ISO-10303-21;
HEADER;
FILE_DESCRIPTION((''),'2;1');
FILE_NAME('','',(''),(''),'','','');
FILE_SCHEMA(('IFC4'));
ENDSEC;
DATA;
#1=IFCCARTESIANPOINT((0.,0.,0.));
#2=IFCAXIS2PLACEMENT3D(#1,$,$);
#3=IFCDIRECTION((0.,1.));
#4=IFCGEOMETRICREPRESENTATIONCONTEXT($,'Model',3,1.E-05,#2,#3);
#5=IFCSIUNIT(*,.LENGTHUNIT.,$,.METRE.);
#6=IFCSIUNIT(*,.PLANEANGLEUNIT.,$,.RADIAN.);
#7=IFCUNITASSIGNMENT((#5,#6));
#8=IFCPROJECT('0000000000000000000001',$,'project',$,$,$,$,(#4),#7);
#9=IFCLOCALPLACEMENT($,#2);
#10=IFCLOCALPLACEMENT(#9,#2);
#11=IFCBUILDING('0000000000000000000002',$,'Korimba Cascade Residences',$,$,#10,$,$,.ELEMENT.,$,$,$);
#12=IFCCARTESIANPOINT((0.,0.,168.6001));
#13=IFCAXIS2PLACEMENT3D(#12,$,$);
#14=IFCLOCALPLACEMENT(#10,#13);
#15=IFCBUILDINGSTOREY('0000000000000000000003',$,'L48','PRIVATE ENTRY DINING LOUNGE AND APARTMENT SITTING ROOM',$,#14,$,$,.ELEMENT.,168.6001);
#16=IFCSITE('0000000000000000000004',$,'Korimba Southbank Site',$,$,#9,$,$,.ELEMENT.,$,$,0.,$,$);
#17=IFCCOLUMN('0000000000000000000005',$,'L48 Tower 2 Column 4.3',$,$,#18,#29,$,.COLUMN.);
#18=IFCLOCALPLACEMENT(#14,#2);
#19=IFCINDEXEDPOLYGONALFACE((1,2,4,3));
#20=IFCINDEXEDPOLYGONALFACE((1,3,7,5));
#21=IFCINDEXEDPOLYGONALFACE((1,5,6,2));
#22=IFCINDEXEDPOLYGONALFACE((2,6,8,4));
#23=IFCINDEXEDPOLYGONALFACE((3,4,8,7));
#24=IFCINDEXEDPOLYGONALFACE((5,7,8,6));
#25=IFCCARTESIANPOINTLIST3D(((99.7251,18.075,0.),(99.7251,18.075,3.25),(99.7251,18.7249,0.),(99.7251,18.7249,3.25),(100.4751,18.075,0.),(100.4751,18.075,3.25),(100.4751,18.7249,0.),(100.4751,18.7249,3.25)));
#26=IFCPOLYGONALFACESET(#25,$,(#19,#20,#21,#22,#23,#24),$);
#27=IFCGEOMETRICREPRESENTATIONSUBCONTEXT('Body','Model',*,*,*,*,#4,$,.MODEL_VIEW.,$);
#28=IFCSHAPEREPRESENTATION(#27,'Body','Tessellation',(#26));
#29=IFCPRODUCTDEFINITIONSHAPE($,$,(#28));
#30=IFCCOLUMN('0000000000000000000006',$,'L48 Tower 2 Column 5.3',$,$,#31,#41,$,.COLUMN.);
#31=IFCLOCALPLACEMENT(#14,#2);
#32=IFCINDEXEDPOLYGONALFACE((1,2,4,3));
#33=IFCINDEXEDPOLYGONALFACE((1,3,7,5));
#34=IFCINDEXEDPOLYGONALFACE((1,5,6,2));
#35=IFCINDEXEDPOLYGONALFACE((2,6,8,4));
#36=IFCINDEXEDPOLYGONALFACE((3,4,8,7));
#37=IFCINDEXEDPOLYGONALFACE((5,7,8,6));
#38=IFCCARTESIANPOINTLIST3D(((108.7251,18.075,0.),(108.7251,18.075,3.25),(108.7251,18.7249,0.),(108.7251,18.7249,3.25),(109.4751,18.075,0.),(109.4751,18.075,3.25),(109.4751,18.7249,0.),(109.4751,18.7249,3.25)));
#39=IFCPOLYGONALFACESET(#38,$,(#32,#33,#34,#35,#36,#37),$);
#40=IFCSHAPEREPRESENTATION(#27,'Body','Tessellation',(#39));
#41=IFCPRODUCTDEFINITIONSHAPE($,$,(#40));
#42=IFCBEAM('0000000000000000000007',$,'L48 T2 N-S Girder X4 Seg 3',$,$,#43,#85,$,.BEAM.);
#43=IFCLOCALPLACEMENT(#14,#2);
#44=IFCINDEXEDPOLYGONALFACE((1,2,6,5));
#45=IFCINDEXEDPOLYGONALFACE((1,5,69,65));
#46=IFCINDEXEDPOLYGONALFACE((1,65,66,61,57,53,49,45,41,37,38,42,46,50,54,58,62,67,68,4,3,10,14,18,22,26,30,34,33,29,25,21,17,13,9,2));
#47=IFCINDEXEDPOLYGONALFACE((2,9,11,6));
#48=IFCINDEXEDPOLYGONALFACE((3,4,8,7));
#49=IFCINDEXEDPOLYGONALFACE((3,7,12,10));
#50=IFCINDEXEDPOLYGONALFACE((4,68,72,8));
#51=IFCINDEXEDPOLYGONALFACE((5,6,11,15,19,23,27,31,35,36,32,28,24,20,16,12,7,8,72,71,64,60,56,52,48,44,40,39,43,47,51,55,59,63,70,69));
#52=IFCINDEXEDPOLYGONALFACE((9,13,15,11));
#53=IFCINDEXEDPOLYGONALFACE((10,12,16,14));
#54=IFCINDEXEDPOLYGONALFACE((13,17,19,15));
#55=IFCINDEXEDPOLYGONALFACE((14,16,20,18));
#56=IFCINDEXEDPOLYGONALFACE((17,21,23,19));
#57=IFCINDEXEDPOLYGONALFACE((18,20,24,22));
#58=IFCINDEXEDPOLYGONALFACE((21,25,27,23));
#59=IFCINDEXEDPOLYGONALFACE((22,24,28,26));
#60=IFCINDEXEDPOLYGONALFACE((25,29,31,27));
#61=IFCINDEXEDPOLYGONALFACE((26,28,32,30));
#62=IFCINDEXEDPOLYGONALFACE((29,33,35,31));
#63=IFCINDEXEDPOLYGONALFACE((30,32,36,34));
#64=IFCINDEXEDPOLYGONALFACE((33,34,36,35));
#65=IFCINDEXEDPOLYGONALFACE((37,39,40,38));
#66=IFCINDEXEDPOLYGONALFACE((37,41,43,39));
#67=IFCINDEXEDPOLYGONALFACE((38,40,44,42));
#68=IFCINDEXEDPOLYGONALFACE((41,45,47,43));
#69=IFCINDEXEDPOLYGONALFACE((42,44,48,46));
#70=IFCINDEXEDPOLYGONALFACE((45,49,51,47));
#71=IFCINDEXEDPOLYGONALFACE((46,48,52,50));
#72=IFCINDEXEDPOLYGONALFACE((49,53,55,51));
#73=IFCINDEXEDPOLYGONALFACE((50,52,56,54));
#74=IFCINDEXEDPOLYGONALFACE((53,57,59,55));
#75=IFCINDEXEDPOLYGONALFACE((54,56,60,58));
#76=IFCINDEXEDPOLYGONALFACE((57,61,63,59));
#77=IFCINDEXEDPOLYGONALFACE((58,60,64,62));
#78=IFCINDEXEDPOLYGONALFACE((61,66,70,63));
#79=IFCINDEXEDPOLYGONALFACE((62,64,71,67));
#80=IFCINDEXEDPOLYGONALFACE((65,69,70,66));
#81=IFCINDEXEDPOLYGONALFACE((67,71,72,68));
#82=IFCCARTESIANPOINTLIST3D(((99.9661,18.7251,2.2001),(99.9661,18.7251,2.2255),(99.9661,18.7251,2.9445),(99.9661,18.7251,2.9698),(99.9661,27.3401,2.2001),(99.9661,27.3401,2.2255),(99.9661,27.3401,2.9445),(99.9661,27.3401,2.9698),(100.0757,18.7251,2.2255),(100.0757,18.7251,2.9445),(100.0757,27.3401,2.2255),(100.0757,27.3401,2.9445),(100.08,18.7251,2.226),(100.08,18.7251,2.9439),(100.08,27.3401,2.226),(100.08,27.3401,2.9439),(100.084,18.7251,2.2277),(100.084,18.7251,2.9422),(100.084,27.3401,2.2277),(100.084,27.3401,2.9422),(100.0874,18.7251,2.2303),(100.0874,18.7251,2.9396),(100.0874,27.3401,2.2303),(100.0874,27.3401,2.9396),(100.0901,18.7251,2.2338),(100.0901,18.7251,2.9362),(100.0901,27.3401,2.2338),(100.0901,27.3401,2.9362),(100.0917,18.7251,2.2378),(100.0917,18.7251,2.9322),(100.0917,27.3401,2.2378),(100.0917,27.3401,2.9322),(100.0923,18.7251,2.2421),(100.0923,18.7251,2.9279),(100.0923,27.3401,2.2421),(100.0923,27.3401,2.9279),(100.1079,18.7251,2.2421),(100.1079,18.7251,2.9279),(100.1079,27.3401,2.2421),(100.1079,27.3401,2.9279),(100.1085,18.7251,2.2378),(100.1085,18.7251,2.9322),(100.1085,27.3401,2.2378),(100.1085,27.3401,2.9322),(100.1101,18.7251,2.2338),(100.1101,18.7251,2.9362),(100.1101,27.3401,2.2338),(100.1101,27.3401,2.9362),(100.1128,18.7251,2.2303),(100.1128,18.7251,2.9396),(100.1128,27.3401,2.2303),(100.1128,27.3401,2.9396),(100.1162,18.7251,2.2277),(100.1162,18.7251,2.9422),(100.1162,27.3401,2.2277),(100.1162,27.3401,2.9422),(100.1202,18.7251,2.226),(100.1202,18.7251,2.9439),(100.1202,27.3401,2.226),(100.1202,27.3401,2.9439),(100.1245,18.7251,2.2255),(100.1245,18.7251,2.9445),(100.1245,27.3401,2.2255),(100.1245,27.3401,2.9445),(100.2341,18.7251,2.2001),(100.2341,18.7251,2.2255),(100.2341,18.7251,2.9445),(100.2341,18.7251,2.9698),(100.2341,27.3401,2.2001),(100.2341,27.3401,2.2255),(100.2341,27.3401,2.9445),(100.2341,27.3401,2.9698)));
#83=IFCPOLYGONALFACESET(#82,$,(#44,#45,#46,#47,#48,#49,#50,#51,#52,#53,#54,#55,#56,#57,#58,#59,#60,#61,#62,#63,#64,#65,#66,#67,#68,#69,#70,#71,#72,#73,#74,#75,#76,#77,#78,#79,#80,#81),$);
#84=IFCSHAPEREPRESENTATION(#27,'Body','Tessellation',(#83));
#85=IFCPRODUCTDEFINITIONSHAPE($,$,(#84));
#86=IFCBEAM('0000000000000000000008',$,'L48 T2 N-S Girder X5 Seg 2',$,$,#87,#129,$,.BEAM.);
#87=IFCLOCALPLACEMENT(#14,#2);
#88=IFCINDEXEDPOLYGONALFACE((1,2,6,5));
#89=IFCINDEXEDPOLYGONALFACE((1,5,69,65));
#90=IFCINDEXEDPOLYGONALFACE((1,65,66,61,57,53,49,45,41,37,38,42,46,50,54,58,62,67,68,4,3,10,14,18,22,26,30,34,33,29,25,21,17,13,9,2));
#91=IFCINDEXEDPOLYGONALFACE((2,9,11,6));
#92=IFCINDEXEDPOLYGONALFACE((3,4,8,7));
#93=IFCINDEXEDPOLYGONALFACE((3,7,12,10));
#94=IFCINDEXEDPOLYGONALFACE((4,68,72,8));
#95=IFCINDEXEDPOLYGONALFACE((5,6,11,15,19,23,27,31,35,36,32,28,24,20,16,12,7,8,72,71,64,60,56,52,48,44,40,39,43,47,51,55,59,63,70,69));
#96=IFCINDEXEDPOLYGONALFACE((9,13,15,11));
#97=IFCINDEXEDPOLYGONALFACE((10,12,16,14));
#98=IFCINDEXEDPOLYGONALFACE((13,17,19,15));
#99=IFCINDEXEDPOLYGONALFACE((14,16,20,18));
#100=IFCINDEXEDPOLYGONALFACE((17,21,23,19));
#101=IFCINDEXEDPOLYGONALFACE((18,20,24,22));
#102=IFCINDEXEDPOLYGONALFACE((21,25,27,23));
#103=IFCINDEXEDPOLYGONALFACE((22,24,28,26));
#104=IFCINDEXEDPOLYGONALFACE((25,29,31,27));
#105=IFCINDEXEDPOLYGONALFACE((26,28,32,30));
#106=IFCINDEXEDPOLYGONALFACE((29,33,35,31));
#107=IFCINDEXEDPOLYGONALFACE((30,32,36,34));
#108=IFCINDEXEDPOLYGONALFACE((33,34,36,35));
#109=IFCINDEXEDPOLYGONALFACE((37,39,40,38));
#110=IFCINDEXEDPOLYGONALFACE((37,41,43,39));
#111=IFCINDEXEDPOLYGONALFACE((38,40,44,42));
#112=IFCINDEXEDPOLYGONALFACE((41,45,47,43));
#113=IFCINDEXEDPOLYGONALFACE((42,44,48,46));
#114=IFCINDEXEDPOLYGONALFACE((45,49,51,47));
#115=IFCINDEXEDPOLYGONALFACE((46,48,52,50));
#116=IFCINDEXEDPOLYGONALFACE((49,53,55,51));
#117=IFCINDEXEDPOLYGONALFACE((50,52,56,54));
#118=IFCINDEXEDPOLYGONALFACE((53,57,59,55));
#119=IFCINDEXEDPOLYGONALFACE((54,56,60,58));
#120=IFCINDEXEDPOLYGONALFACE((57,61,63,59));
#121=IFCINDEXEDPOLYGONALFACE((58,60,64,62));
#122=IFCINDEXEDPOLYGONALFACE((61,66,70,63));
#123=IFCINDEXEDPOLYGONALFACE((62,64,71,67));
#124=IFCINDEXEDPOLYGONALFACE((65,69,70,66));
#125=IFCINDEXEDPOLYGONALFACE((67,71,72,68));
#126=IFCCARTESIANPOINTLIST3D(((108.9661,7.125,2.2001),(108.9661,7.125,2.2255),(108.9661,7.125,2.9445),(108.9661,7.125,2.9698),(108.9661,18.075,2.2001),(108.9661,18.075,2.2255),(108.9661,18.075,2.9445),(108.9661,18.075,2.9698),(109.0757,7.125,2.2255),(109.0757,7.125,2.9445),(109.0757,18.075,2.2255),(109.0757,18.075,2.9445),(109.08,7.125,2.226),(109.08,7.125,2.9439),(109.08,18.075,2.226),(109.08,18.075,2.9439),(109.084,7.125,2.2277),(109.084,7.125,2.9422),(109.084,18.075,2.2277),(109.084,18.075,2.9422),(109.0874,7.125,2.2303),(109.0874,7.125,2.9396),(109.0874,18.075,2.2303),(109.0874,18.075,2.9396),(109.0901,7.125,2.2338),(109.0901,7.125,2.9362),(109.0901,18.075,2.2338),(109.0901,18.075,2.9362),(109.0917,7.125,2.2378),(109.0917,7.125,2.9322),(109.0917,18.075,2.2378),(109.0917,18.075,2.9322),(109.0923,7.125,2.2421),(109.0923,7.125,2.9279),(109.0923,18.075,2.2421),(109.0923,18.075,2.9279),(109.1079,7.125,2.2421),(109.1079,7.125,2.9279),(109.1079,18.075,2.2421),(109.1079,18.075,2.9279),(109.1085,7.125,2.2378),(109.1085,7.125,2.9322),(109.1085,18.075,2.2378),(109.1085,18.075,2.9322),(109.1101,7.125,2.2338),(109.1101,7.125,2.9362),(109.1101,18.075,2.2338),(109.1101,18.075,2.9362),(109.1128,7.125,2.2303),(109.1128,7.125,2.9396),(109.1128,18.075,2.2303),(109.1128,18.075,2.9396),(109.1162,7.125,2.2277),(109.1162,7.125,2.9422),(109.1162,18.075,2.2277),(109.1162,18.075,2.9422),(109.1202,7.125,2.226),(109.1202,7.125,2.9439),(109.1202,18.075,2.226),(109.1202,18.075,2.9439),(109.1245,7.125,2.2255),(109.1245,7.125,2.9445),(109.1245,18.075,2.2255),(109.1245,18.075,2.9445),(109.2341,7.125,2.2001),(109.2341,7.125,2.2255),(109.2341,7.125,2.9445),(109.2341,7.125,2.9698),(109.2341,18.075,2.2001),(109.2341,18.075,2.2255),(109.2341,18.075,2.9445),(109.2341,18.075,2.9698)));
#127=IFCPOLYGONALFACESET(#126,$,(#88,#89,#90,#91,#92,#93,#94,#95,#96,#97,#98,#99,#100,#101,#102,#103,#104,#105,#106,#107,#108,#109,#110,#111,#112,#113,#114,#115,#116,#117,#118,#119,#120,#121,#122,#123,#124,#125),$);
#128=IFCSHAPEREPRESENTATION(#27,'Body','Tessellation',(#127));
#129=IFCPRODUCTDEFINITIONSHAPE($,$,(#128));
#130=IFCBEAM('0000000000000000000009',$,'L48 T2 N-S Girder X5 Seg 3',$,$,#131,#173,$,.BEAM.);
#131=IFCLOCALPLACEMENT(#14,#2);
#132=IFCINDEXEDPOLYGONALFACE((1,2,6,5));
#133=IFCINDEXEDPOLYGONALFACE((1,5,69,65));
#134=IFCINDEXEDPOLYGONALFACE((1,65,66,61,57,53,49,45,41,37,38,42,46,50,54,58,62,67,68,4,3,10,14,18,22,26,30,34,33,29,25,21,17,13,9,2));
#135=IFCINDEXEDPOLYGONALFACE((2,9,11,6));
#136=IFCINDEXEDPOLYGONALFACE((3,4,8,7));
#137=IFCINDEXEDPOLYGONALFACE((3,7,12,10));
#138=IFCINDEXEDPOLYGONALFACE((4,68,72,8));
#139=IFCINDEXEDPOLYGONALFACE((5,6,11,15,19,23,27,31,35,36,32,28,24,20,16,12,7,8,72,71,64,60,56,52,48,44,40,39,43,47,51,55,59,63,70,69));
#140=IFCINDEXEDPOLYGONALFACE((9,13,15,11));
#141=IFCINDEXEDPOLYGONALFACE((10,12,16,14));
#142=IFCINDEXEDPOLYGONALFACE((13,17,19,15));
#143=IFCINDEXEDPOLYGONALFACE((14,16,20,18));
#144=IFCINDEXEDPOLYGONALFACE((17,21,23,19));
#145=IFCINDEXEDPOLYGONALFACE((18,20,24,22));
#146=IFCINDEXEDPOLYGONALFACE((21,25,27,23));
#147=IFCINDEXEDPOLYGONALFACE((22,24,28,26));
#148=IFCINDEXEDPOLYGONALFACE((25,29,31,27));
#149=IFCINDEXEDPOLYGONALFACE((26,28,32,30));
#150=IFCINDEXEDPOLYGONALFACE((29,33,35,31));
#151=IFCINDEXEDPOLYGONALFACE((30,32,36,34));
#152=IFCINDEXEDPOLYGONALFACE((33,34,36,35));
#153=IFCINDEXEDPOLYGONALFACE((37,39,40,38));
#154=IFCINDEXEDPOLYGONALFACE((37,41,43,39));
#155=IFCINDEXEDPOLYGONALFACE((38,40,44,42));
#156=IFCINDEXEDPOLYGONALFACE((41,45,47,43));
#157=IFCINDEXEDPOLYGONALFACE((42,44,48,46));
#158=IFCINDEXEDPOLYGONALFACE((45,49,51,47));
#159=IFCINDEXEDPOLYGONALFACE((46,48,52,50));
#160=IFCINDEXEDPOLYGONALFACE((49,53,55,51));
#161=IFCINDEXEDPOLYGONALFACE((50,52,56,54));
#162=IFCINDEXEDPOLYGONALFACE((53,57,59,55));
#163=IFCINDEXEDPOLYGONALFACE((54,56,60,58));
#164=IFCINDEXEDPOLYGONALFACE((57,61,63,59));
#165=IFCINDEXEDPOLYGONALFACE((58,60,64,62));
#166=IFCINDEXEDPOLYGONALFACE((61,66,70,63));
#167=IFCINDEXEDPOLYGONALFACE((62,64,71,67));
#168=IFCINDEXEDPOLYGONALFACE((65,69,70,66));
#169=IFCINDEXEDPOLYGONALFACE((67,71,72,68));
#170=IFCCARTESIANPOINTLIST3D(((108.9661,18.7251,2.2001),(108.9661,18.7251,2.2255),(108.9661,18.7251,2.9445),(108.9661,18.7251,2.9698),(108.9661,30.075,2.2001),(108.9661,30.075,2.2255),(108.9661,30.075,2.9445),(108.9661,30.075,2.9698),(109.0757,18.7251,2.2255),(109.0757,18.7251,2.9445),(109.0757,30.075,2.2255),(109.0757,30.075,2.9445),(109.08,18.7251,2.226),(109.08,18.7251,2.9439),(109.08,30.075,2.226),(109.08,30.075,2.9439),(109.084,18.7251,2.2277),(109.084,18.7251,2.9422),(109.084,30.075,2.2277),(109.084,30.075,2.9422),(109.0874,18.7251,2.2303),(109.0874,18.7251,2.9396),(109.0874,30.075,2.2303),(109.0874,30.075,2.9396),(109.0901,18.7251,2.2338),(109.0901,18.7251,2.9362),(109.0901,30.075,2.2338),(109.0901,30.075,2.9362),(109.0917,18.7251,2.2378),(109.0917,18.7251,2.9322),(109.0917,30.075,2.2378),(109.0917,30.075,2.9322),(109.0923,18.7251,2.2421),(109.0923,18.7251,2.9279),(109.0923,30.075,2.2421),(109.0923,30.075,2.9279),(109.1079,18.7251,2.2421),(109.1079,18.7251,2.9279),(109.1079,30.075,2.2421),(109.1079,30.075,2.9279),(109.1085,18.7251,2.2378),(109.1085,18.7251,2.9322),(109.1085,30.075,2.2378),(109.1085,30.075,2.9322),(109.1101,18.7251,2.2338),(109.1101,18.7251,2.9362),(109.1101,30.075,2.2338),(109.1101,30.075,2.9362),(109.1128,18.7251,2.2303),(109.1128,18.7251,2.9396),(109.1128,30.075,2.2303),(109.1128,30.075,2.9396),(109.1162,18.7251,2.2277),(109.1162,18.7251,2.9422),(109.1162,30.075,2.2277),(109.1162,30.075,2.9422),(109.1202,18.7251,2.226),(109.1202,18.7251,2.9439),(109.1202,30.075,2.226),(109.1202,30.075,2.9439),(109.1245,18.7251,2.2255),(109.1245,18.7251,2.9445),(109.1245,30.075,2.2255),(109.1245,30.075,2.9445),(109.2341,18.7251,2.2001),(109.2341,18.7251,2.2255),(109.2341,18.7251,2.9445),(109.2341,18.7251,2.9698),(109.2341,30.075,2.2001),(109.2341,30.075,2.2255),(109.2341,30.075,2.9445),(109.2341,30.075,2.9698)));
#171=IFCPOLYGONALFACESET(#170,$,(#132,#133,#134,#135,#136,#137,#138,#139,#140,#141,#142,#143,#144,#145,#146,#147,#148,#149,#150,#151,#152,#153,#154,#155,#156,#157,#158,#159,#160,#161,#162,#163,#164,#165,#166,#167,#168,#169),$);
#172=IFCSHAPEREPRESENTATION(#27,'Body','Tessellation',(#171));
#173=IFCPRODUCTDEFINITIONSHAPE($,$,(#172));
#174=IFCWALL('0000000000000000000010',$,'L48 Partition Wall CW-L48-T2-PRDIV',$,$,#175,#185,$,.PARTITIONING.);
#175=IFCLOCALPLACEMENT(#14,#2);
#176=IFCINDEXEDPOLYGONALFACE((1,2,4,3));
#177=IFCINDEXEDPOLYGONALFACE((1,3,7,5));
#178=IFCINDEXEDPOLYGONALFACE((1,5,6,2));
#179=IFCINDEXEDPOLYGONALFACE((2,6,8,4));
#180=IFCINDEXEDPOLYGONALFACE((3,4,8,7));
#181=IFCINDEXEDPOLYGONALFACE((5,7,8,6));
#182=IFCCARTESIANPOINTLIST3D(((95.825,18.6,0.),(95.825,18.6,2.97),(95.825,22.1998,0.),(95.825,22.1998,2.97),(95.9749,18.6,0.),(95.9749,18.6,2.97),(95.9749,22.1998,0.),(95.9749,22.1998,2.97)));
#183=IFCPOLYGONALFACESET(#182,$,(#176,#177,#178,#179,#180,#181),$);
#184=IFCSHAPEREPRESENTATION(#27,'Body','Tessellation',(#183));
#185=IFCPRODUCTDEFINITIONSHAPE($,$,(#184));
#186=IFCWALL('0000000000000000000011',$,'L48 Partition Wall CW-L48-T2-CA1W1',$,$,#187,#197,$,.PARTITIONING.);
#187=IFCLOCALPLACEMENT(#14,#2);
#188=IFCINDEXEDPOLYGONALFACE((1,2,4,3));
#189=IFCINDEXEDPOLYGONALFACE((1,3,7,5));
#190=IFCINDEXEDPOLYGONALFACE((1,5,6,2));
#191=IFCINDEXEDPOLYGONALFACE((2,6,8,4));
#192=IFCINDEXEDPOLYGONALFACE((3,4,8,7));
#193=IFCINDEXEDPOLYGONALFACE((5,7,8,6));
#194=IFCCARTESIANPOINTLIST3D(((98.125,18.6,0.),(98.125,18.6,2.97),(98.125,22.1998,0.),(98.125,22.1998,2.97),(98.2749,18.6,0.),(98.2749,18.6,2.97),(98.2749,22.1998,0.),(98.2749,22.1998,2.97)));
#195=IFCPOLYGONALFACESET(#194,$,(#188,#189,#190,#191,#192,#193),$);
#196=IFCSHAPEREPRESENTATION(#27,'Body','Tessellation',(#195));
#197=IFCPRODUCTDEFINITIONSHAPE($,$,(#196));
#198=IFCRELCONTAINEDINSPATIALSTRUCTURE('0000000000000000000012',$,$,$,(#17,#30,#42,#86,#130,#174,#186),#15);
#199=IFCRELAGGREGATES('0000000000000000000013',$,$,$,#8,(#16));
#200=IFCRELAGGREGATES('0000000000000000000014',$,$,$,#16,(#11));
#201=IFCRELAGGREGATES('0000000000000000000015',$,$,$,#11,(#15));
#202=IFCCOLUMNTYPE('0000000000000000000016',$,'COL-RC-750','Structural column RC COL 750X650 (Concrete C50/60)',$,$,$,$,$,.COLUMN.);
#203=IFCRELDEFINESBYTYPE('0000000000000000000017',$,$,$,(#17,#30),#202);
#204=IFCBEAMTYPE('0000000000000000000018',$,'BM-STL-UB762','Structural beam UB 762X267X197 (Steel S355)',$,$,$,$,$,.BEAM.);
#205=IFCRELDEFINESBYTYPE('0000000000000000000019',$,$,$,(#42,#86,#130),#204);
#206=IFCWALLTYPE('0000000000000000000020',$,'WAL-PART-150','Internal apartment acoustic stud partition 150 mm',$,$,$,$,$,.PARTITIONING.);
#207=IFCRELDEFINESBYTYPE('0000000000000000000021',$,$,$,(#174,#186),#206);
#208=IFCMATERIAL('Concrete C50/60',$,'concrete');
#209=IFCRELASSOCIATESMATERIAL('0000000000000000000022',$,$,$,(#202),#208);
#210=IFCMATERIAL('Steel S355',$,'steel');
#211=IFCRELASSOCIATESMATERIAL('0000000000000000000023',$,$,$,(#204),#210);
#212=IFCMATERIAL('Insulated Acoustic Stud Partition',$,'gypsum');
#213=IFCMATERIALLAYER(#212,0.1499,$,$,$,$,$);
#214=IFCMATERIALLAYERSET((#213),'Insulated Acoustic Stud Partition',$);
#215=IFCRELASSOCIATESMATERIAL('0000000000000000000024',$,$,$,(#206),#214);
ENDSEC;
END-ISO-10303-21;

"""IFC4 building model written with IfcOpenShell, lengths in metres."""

from ifc_helpers import new_model, si_unit, direction, frame, frame_2d, origin, origin_2d, place, context, subcontext, project, spatial, rectangle, i_section, extrude, material, layer, layer_set, material_profile, profile_set, type_object, element, save


model = new_model("IFC4")

# Units and contexts
model_context = context("Model", 3, precision=1e-05, world=origin(), true_north=direction((0.0, 1.0)))
body_context = subcontext(model_context, "Body", "Model", "MODEL_VIEW")
ifc_project = project(units=[si_unit("LENGTHUNIT", "METRE"), si_unit("PLANEANGLEUNIT", "RADIAN")], contexts=[model_context])

# Site, building, storey
site_placement = place(None, origin())
site = spatial("IfcSite", under=ifc_project, at=site_placement, Name="Korimba Southbank Site", CompositionType="ELEMENT", RefElevation=0.0)
building_placement = place(site_placement, origin())
building = spatial("IfcBuilding", under=site, at=building_placement, Name="Korimba Cascade Residences", CompositionType="ELEMENT")
storey_placement = place(building_placement, frame((0.0, 0.0, 168.6001)))
storey = spatial("IfcBuildingStorey", under=building, at=storey_placement, Name="L48", Description="PRIVATE ENTRY DINING LOUNGE AND APARTMENT SITTING ROOM", CompositionType="ELEMENT", Elevation=168.6001)

# Columns
ifc_material_1 = material(Name="Concrete C50/60", Category="concrete")
ifc_material_profile_1 = material_profile(ifc_material_1, rectangle(XDim=0.75, YDim=0.6499, at=origin_2d()), Name="Concrete C50/60")
ifc_profile_set_1 = profile_set([ifc_material_profile_1], Name="Concrete C50/60")
column_type = type_object("IfcColumnType", Name="COL-RC-750", Description="Structural column RC COL 750X650 (Concrete C50/60)", PredefinedType="COLUMN", material=ifc_profile_set_1)
for number, where, z_axis, x_axis, name in (
    (1, (100.1001, 18.3999, 0.0), (0.0, 0.0, 1.0), (1.0, 0.0, 0.0), "L48 Tower 2 Column 4.3"),
    (2, (109.1001, 18.3999, 0.0), (0.0, 0.0, 1.0), (1.0, 0.0, 0.0), "L48 Tower 2 Column 5.3"),
):
    element("IfcColumn", number, at=place(storey_placement, frame(where, z_axis=z_axis, x_axis=x_axis)), inside=storey, type_object=column_type, Name=name, PredefinedType="COLUMN", context=body_context, shape_type="SweptSolid", body=[
        extrude(rectangle(XDim=0.75, YDim=0.6499, at=origin_2d()), origin(), (0.0, 0.0, 1.0), 3.25),
    ])

# Beams
ifc_material_2 = material(Name="Steel S355", Category="steel")
ifc_material_profile_2 = material_profile(ifc_material_2, i_section(OverallWidth=0.2681, OverallDepth=0.7698, WebThickness=0.0156, FlangeThickness=0.0254, FilletRadius=0.0166, at=origin_2d()), Name="Steel S355")
ifc_profile_set_2 = profile_set([ifc_material_profile_2], Name="Steel S355")
beam_type = type_object("IfcBeamType", Name="BM-STL-UB762", Description="Structural beam UB 762X267X197 (Steel S355)", PredefinedType="BEAM", material=ifc_profile_set_2)
beam_1_placement = place(storey_placement, frame((100.1001, 18.7251, 2.585), z_axis=(0.0, 1.0, 0.0), x_axis=(-1.0, 0.0, 0.0)))
element("IfcBeam", 3, at=beam_1_placement, inside=storey, type_object=beam_type, Name="L48 T2 N-S Girder X4 Seg 3", PredefinedType="BEAM", context=body_context, shape_type="SweptSolid", body=[
    extrude(i_section(OverallWidth=0.2681, OverallDepth=0.7698, WebThickness=0.0156, FlangeThickness=0.0254, FilletRadius=0.0166, at=origin_2d()), origin(), (0.0, 0.0, 1.0), 8.615),
])
beam_2_placement = place(storey_placement, frame((109.1001, 7.125, 2.585), z_axis=(0.0, 1.0, 0.0), x_axis=(-1.0, 0.0, 0.0)))
element("IfcBeam", 4, at=beam_2_placement, inside=storey, type_object=beam_type, Name="L48 T2 N-S Girder X5 Seg 2", PredefinedType="BEAM", context=body_context, shape_type="SweptSolid", body=[
    extrude(i_section(OverallWidth=0.2681, OverallDepth=0.7698, WebThickness=0.0156, FlangeThickness=0.0254, FilletRadius=0.0166, at=origin_2d()), origin(), (0.0, 0.0, 1.0), 10.95),
])
beam_3_placement = place(storey_placement, frame((109.1001, 18.7251, 2.585), z_axis=(0.0, 1.0, 0.0), x_axis=(-1.0, 0.0, 0.0)))
element("IfcBeam", 5, at=beam_3_placement, inside=storey, type_object=beam_type, Name="L48 T2 N-S Girder X5 Seg 3", PredefinedType="BEAM", context=body_context, shape_type="SweptSolid", body=[
    extrude(i_section(OverallWidth=0.2681, OverallDepth=0.7698, WebThickness=0.0156, FlangeThickness=0.0254, FilletRadius=0.0166, at=origin_2d()), origin(), (0.0, 0.0, 1.0), 11.3499),
])

# Walls
ifc_material_3 = material(Name="Insulated Acoustic Stud Partition", Category="gypsum")
ifc_layer_1 = layer(ifc_material_3, 0.1499)
ifc_layer_set_1 = layer_set([ifc_layer_1], Name="Insulated Acoustic Stud Partition")
wall_type_1 = type_object("IfcWallType", Name="WAL-PART-150", Description="Internal apartment acoustic stud partition 150 mm", PredefinedType="PARTITIONING", material=ifc_layer_set_1)
for number, where, z_axis, x_axis, name in (
    (6, (95.8999, 18.6001, 0.0), (0.0, 0.0, 1.0), (0.0, 1.0, 0.0), "L48 Partition Wall CW-L48-T2-PRDIV"),
    (7, (98.2, 18.6001, 0.0), (0.0, 0.0, 1.0), (0.0, 1.0, 0.0), "L48 Partition Wall CW-L48-T2-CA1W1"),
):
    element("IfcWall", number, at=place(storey_placement, frame(where, z_axis=z_axis, x_axis=x_axis)), inside=storey, type_object=wall_type_1, Name=name, PredefinedType="PARTITIONING", context=body_context, shape_type="SweptSolid", body=[
        extrude(rectangle(XDim=3.5999, YDim=0.1499, at=frame_2d((1.7998, 0.0))), origin(), (0.0, 0.0, 1.0), 2.97),
    ])

save(model, "model.ifc")
